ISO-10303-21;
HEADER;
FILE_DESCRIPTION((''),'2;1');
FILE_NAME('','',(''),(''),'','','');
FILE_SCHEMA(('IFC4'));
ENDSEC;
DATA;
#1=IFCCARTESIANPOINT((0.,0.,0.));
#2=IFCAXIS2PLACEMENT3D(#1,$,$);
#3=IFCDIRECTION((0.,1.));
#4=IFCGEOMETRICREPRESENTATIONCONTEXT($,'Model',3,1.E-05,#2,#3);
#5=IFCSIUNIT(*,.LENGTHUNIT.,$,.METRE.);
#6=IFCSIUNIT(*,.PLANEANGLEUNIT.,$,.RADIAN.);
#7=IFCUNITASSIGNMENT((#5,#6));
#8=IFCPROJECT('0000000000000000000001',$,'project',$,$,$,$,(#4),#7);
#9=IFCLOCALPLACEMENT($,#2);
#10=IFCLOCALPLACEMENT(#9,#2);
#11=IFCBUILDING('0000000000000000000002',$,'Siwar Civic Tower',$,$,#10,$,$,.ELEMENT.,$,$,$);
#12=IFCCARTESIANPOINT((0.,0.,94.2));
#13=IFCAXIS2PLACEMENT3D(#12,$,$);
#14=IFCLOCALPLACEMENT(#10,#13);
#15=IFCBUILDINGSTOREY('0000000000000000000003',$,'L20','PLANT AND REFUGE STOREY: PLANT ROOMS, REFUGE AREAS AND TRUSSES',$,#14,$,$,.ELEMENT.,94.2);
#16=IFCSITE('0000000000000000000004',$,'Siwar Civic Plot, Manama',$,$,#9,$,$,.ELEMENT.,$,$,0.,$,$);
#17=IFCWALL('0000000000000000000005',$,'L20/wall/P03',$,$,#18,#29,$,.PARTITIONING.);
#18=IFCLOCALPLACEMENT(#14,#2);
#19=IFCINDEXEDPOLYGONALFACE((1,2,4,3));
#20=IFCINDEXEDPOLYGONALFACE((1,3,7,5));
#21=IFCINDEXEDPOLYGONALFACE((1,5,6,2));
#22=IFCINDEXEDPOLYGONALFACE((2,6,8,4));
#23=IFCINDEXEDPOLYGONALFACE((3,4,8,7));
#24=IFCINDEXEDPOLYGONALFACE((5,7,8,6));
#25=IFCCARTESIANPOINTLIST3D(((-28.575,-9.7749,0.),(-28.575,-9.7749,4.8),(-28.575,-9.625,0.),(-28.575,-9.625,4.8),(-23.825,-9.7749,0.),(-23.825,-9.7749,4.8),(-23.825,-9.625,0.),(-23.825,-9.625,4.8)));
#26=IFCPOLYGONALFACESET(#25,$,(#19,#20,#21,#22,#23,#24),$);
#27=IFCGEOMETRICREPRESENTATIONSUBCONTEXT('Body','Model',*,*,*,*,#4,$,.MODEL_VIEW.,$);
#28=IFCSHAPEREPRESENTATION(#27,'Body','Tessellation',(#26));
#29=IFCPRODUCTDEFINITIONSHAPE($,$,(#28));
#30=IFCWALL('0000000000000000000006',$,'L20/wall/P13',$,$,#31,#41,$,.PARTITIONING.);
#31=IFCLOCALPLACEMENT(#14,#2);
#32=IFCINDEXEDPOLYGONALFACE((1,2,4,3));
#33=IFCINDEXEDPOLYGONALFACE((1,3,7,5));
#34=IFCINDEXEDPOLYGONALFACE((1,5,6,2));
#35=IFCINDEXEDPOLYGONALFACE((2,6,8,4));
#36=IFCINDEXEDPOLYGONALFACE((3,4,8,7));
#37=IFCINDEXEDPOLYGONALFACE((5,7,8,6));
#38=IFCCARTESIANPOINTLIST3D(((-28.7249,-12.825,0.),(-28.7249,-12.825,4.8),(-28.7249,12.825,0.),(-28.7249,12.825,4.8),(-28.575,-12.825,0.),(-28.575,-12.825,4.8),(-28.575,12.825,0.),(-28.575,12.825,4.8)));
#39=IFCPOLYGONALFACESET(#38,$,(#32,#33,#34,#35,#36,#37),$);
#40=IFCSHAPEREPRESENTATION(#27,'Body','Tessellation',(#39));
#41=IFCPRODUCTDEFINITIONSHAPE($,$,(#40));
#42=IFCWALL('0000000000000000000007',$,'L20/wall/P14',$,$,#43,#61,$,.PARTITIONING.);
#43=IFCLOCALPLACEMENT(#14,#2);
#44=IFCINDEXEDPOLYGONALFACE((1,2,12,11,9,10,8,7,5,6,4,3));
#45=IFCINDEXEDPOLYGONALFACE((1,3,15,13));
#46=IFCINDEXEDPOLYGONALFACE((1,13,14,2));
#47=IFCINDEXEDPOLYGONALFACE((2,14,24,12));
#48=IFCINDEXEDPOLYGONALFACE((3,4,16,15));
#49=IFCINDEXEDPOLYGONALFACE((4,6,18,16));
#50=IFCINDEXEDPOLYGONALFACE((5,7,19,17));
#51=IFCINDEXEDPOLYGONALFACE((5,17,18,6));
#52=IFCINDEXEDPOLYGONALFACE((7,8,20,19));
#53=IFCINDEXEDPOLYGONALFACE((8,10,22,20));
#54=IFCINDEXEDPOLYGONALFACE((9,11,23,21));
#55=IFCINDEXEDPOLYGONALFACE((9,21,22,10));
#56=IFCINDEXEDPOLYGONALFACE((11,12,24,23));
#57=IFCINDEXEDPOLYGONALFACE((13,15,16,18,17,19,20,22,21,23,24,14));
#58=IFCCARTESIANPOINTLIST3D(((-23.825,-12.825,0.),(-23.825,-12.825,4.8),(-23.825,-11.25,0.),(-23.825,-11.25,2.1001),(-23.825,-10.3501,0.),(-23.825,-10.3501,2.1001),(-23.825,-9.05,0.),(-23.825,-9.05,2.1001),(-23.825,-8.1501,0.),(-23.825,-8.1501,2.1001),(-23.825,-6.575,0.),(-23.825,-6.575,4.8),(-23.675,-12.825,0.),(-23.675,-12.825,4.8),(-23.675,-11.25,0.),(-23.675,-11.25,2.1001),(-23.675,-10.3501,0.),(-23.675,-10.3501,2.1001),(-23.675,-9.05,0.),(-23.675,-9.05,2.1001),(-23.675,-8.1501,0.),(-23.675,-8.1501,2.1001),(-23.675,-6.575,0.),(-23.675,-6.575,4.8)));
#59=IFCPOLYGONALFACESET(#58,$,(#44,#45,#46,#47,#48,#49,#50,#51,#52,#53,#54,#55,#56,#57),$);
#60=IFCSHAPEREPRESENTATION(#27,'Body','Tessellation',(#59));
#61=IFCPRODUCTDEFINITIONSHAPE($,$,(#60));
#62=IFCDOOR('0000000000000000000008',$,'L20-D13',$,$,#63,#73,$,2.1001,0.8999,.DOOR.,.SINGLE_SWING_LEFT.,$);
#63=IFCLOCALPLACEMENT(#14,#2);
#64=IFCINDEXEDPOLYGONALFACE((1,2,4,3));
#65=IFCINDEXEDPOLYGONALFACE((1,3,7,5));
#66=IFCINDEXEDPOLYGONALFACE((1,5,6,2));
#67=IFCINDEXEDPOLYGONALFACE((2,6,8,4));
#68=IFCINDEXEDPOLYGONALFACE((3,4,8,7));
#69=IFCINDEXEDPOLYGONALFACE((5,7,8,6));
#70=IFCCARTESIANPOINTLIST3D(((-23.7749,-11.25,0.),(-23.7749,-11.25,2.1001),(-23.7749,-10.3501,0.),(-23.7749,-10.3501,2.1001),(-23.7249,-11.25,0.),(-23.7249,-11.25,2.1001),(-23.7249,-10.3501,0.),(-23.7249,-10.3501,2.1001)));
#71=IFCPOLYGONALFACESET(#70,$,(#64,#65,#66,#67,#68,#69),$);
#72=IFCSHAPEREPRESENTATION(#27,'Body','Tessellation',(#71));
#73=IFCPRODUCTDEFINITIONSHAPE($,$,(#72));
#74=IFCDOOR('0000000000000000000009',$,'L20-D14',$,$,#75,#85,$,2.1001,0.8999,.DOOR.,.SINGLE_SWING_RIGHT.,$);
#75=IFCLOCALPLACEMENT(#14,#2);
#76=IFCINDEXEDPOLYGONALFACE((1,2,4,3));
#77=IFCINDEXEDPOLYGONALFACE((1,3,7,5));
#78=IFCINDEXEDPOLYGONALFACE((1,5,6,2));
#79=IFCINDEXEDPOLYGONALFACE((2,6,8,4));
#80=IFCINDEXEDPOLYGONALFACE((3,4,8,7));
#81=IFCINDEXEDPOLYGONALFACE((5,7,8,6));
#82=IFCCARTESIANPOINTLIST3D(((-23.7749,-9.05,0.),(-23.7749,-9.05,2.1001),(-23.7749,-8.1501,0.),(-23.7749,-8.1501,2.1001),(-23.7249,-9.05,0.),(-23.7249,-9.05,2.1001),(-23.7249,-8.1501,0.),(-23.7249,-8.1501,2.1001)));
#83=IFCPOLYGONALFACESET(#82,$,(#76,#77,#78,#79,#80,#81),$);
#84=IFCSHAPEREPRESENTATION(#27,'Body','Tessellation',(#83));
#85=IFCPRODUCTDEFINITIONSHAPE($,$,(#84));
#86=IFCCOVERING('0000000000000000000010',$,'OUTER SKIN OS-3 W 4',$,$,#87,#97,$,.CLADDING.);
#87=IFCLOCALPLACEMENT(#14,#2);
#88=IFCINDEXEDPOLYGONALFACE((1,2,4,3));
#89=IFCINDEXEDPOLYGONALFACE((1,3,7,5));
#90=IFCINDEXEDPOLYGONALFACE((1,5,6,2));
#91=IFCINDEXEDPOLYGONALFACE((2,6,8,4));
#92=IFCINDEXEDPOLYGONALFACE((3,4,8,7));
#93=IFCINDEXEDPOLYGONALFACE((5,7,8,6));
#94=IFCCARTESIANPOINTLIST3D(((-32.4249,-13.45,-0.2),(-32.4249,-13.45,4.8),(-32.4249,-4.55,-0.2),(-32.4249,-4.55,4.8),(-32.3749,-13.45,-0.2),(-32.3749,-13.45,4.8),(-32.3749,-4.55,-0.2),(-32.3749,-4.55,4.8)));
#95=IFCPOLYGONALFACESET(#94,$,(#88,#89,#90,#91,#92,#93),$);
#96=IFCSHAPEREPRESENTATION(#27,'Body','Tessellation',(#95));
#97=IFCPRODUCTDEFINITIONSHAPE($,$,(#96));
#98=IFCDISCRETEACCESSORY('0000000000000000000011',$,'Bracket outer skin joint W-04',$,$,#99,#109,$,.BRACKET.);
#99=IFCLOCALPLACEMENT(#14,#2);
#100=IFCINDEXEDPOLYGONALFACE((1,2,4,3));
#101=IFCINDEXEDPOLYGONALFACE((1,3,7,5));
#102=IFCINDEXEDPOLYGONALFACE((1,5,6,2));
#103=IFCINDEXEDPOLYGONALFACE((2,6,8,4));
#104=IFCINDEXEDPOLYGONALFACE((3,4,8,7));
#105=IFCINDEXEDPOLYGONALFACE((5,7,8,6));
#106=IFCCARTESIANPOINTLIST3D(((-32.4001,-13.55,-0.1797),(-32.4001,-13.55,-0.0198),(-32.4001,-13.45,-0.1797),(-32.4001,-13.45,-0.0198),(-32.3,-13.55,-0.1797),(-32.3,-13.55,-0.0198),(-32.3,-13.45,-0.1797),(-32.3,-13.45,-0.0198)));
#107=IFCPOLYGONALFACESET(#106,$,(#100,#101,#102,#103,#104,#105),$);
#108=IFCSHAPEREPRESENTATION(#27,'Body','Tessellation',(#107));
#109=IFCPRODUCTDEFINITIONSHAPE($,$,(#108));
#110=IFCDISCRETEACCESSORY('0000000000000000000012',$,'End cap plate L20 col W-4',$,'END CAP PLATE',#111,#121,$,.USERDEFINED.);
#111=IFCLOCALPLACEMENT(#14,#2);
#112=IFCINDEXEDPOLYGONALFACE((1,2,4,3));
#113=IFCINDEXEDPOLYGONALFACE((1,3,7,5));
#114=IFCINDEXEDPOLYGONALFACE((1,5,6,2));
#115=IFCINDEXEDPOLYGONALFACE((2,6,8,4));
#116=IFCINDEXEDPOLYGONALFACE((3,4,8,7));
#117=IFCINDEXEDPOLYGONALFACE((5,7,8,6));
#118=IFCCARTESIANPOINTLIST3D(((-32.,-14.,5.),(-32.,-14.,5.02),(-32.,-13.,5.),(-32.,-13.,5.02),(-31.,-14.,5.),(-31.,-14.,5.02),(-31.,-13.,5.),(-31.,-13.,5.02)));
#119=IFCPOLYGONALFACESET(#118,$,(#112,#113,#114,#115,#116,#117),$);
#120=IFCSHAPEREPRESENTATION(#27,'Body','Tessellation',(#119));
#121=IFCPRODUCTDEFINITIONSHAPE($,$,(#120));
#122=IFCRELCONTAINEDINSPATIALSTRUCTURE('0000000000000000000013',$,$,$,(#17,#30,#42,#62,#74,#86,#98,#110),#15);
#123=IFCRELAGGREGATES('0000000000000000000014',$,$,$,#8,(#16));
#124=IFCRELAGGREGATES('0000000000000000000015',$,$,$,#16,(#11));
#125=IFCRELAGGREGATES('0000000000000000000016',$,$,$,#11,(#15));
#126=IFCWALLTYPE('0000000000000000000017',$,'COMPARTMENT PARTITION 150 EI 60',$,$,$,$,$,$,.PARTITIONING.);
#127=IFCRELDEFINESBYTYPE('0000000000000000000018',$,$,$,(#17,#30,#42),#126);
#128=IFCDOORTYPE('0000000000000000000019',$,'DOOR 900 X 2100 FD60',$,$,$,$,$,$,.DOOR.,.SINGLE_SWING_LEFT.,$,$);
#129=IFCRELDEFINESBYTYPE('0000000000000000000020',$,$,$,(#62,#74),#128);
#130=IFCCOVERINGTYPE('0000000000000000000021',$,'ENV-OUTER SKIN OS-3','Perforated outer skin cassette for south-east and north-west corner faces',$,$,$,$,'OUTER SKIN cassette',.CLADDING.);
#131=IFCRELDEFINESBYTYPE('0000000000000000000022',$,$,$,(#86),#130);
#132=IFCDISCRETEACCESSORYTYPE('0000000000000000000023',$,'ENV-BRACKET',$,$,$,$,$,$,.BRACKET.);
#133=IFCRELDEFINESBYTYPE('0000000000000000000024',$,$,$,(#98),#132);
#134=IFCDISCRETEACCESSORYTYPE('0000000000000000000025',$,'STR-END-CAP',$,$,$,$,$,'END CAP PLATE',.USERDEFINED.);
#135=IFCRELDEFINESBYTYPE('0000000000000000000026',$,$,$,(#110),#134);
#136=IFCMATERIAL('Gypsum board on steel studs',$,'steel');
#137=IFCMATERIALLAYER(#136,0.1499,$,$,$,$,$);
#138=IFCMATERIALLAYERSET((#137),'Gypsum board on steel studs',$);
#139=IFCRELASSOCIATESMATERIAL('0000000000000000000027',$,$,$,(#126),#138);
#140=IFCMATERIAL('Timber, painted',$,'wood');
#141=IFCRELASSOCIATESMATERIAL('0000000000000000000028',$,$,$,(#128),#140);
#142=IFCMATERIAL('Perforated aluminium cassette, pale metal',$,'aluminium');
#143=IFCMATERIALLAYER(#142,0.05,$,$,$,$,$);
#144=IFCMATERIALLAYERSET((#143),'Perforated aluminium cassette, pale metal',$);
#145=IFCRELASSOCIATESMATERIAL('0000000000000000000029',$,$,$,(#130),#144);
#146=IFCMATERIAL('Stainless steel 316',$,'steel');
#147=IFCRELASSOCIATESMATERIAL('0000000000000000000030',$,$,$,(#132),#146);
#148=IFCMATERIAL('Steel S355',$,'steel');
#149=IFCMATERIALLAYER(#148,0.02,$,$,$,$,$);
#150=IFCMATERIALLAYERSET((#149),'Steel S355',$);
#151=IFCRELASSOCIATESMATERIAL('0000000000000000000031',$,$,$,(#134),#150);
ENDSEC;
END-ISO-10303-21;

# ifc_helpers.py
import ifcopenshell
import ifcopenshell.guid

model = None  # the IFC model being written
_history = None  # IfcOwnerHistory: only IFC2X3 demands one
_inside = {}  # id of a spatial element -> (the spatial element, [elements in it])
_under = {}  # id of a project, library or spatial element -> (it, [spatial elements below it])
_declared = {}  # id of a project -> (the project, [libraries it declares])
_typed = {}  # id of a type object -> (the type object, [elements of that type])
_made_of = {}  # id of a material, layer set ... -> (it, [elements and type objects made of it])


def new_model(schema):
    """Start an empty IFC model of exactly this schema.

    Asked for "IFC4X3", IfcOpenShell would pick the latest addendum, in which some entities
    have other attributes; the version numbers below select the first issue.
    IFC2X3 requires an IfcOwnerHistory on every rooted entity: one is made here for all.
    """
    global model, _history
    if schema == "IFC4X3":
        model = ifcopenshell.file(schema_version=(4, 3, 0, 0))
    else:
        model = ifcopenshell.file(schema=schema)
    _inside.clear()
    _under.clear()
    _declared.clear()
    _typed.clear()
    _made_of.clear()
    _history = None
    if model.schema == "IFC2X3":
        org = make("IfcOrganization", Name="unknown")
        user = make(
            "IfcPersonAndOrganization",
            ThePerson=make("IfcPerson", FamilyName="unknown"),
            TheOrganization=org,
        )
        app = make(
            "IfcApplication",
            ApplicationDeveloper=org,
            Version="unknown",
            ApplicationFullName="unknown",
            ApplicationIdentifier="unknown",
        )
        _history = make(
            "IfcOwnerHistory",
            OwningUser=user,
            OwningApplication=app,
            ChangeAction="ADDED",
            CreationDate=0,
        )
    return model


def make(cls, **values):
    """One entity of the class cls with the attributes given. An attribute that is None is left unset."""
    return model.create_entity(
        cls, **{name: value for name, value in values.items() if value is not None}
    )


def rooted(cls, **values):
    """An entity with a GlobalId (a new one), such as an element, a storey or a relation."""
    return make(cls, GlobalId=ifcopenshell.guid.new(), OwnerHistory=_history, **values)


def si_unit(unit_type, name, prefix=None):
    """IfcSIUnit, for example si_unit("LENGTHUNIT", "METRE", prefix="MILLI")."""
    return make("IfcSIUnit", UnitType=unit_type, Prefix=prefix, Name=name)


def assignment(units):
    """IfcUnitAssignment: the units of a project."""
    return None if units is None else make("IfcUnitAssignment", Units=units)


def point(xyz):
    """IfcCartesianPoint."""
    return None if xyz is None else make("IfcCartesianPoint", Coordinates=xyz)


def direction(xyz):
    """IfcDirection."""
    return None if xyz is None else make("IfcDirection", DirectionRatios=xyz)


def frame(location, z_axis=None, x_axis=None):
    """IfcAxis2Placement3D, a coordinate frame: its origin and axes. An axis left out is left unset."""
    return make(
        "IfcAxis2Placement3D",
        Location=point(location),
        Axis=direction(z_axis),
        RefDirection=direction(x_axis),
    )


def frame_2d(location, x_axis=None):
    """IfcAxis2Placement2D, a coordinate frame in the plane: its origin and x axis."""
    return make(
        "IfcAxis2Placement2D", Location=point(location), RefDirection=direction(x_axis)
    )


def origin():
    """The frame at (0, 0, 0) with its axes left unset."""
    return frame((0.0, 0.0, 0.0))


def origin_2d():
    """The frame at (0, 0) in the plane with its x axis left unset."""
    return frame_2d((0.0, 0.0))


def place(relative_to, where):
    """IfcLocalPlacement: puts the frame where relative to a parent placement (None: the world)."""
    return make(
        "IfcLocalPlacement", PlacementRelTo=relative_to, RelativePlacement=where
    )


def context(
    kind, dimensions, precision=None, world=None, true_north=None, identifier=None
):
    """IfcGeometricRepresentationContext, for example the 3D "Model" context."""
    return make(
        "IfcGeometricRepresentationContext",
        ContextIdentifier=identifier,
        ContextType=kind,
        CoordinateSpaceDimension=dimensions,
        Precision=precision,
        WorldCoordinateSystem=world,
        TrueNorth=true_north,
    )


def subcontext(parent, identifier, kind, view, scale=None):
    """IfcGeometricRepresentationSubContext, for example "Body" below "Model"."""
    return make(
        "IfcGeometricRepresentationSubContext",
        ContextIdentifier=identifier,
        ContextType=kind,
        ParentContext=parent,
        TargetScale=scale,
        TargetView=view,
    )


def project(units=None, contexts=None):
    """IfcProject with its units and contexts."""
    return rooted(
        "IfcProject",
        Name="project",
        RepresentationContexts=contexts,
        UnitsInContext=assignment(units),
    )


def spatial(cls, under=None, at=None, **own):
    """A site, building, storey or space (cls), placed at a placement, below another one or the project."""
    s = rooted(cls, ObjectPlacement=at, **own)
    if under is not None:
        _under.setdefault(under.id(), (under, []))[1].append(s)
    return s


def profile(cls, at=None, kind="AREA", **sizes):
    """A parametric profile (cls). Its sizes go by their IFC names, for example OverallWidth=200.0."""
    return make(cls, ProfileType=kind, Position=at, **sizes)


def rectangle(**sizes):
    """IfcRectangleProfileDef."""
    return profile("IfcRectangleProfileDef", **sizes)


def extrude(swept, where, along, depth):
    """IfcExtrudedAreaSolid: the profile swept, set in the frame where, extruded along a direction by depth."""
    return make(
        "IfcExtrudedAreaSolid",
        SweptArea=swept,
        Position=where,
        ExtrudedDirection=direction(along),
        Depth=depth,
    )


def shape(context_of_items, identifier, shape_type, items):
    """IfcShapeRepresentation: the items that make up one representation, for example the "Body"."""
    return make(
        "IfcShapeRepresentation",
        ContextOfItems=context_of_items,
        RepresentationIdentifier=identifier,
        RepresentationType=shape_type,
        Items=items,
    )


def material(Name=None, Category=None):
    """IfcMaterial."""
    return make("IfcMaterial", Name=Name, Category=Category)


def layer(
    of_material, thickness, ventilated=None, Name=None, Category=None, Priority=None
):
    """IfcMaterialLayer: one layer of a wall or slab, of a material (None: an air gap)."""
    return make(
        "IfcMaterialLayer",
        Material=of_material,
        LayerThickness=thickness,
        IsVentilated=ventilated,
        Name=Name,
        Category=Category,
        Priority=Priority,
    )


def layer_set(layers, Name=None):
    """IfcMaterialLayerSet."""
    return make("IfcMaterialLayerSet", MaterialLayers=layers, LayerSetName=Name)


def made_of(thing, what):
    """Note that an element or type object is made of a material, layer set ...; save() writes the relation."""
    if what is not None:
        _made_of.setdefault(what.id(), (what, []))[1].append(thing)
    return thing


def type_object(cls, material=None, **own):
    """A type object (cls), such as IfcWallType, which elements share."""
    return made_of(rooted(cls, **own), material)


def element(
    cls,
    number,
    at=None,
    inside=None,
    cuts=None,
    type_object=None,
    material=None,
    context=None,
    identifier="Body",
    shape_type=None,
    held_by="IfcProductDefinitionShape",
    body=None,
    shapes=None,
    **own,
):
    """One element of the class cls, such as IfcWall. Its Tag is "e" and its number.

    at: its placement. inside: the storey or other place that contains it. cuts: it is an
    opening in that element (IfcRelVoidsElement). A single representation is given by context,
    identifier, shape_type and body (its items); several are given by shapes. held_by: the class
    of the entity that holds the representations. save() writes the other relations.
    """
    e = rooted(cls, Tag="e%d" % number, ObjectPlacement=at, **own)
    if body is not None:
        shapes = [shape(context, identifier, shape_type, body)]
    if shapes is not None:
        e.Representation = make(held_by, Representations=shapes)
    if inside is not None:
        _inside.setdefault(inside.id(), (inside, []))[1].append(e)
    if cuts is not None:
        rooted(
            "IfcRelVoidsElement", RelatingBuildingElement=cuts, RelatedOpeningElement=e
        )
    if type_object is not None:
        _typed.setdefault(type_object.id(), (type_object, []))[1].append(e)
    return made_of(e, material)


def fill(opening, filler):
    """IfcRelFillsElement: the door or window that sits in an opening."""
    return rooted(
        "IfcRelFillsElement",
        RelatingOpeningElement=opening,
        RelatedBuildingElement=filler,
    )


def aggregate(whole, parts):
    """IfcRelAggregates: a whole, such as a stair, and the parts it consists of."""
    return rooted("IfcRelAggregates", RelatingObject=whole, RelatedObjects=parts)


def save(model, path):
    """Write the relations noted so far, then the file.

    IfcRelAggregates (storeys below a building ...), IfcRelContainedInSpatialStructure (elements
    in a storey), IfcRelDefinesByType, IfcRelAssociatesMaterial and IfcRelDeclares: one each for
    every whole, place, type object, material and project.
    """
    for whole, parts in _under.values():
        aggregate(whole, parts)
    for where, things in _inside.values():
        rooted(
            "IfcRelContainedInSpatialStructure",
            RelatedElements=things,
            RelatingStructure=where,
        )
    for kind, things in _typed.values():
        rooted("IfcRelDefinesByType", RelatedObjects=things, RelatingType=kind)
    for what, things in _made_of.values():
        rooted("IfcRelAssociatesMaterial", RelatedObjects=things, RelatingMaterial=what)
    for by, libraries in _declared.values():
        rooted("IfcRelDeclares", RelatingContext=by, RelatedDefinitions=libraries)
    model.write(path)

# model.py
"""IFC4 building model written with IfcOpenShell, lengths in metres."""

from ifc_helpers import new_model, si_unit, direction, frame, frame_2d, origin, origin_2d, place, context, subcontext, project, spatial, rectangle, extrude, material, layer, layer_set, type_object, element, fill, save


model = new_model("IFC4")

# Units and contexts
model_context = context("Model", 3, precision=1e-05, world=origin(), true_north=direction((0.0, 1.0)))
body_context = subcontext(model_context, "Body", "Model", "MODEL_VIEW")
ifc_project = project(units=[si_unit("LENGTHUNIT", "METRE"), si_unit("PLANEANGLEUNIT", "RADIAN")], contexts=[model_context])

# Site, building, storey
site_placement = place(None, origin())
site = spatial("IfcSite", under=ifc_project, at=site_placement, Name="Siwar Civic Plot, Manama", CompositionType="ELEMENT", RefElevation=0.0)
building_placement = place(site_placement, origin())
building = spatial("IfcBuilding", under=site, at=building_placement, Name="Siwar Civic Tower", CompositionType="ELEMENT")
storey_placement = place(building_placement, frame((0.0, 0.0, 94.2)))
storey = spatial("IfcBuildingStorey", under=building, at=storey_placement, Name="L20", Description="PLANT AND REFUGE STOREY: PLANT ROOMS, REFUGE AREAS AND TRUSSES", CompositionType="ELEMENT", Elevation=94.2)

# Walls
ifc_material_1 = material(Name="Gypsum board on steel studs", Category="steel")
ifc_layer_1 = layer(ifc_material_1, 0.1499)
ifc_layer_set_1 = layer_set([ifc_layer_1], Name="Gypsum board on steel studs")
wall_type = type_object("IfcWallType", Name="COMPARTMENT PARTITION 150 EI 60", PredefinedType="PARTITIONING", material=ifc_layer_set_1)
wall_1_placement = place(storey_placement, frame((-28.575, -9.7, 0.0), z_axis=(0.0, 0.0, 1.0), x_axis=(1.0, 0.0, 0.0)))
element("IfcWall", 1, at=wall_1_placement, inside=storey, type_object=wall_type, Name="L20/wall/P03", PredefinedType="PARTITIONING", context=body_context, shape_type="SweptSolid", body=[
    extrude(rectangle(XDim=4.75, YDim=0.1499, at=frame_2d((2.375, 0.0))), origin(), (0.0, 0.0, 1.0), 4.8),
])
wall_2_placement = place(storey_placement, frame((-28.6499, -12.825, 0.0), z_axis=(0.0, 0.0, 1.0), x_axis=(0.0, 1.0, 0.0)))
element("IfcWall", 2, at=wall_2_placement, inside=storey, type_object=wall_type, Name="L20/wall/P13", PredefinedType="PARTITIONING", context=body_context, shape_type="SweptSolid", body=[
    extrude(rectangle(XDim=25.6499, YDim=0.1499, at=frame_2d((12.825, 0.0))), origin(), (0.0, 0.0, 1.0), 4.8),
])

# Wall, openings, doors
wall_3_placement = place(storey_placement, frame((-23.75, -12.825, 0.0), z_axis=(0.0, 0.0, 1.0), x_axis=(0.0, 1.0, 0.0)))
wall_3 = element("IfcWall", 3, at=wall_3_placement, inside=storey, type_object=wall_type, Name="L20/wall/P14", PredefinedType="PARTITIONING", context=body_context, shape_type="SweptSolid", body=[
    extrude(rectangle(XDim=6.25, YDim=0.1499, at=frame_2d((3.125, 0.0))), origin(), (0.0, 0.0, 1.0), 4.8),
])
opening_1_placement = place(wall_3_placement, frame((1.575, 0.0, 0.0)))
opening_1 = element("IfcOpeningElement", 4, at=opening_1_placement, cuts=wall_3, PredefinedType="OPENING", context=body_context, shape_type="SweptSolid", body=[
    extrude(rectangle(XDim=0.8999, YDim=2.1001, at=frame_2d((0.45, 1.05))), frame((0.0, 0.085, 0.0), z_axis=(0.0, -1.0, 0.0), x_axis=(1.0, 0.0, 0.0)), (0.0, 0.0, 1.0), 0.1699),
])
opening_2_placement = place(wall_3_placement, frame((3.7749, 0.0, 0.0)))
opening_2 = element("IfcOpeningElement", 5, at=opening_2_placement, cuts=wall_3, PredefinedType="OPENING", context=body_context, shape_type="SweptSolid", body=[
    extrude(rectangle(XDim=0.8999, YDim=2.1001, at=frame_2d((0.45, 1.05))), frame((0.0, 0.085, 0.0), z_axis=(0.0, -1.0, 0.0), x_axis=(1.0, 0.0, 0.0)), (0.0, 0.0, 1.0), 0.1699),
])
ifc_material_2 = material(Name="Timber, painted", Category="wood")
door_type = type_object("IfcDoorType", Name="DOOR 900 X 2100 FD60", OperationType="SINGLE_SWING_LEFT", PredefinedType="DOOR", material=ifc_material_2)
door_1_placement = place(opening_1_placement, origin())
door_1 = element("IfcDoor", 6, at=door_1_placement, inside=storey, type_object=door_type, Name="L20-D13", OperationType="SINGLE_SWING_LEFT", OverallHeight=2.1001, OverallWidth=0.8999, PredefinedType="DOOR", context=body_context, shape_type="SweptSolid", body=[
    extrude(rectangle(XDim=0.8999, YDim=2.1001, at=frame_2d((0.45, 1.05))), frame((0.0, 0.0249, 0.0), z_axis=(0.0, -1.0, 0.0), x_axis=(1.0, 0.0, 0.0)), (0.0, 0.0, 1.0), 0.05),
])
fill(opening_1, door_1)
door_2_placement = place(opening_2_placement, origin())
door_2 = element("IfcDoor", 7, at=door_2_placement, inside=storey, type_object=door_type, Name="L20-D14", OperationType="SINGLE_SWING_RIGHT", OverallHeight=2.1001, OverallWidth=0.8999, PredefinedType="DOOR", context=body_context, shape_type="SweptSolid", body=[
    extrude(rectangle(XDim=0.8999, YDim=2.1001, at=frame_2d((0.45, 1.05))), frame((0.0, 0.0249, 0.0), z_axis=(0.0, -1.0, 0.0), x_axis=(1.0, 0.0, 0.0)), (0.0, 0.0, 1.0), 0.05),
])
fill(opening_2, door_2)

# Covering
ifc_material_3 = material(Name="Perforated aluminium cassette, pale metal", Category="aluminium")
ifc_layer_2 = layer(ifc_material_3, 0.05)
ifc_layer_set_2 = layer_set([ifc_layer_2], Name="Perforated aluminium cassette, pale metal")
covering_type = type_object("IfcCoveringType", Name="ENV-OUTER SKIN OS-3", Description="Perforated outer skin cassette for south-east and north-west corner faces", ElementType="OUTER SKIN cassette", PredefinedType="CLADDING", material=ifc_layer_set_2)
covering_placement = place(storey_placement, frame((-32.3999, -9.0, -0.2), z_axis=(0.0, 0.0, 1.0), x_axis=(0.0, -1.0, 0.0)))
element("IfcCovering", 8, at=covering_placement, inside=storey, type_object=covering_type, Name="OUTER SKIN OS-3 W 4", PredefinedType="CLADDING", context=body_context, shape_type="SweptSolid", body=[
    extrude(rectangle(XDim=8.8999, YDim=0.05, at=origin_2d()), origin(), (0.0, 0.0, 1.0), 5.0),
])

# Discrete accessories
ifc_material_4 = material(Name="Stainless steel 316", Category="steel")
discrete_accessory_type_1 = type_object("IfcDiscreteAccessoryType", Name="ENV-BRACKET", PredefinedType="BRACKET", material=ifc_material_4)
discrete_accessory_1_placement = place(storey_placement, frame((-32.3501, -13.5, -0.1797), z_axis=(0.0, 0.0, 1.0), x_axis=(-1.0, 0.0, 0.0)))
element("IfcDiscreteAccessory", 9, at=discrete_accessory_1_placement, inside=storey, type_object=discrete_accessory_type_1, Name="Bracket outer skin joint W-04", PredefinedType="BRACKET", context=body_context, shape_type="SweptSolid", body=[
    extrude(rectangle(XDim=0.1001, YDim=0.1001, at=origin_2d()), origin(), (0.0, 0.0, 1.0), 0.1599),
])
ifc_material_5 = material(Name="Steel S355", Category="steel")
ifc_layer_3 = layer(ifc_material_5, 0.02)
ifc_layer_set_3 = layer_set([ifc_layer_3], Name="Steel S355")
discrete_accessory_type_2 = type_object("IfcDiscreteAccessoryType", Name="STR-END-CAP", ElementType="END CAP PLATE", PredefinedType="USERDEFINED", material=ifc_layer_set_3)
discrete_accessory_2_placement = place(storey_placement, frame((-31.5, -13.5, 5.0), z_axis=(0.0, 0.0, 1.0), x_axis=(1.0, 0.0, 0.0)))
element("IfcDiscreteAccessory", 10, at=discrete_accessory_2_placement, inside=storey, type_object=discrete_accessory_type_2, Name="End cap plate L20 col W-4", ObjectType="END CAP PLATE", PredefinedType="USERDEFINED", context=body_context, shape_type="SweptSolid", body=[
    extrude(rectangle(XDim=1.0, YDim=1.0, at=origin_2d()), origin(), (0.0, 0.0, 1.0), 0.02),
])

save(model, "model.ifc")
